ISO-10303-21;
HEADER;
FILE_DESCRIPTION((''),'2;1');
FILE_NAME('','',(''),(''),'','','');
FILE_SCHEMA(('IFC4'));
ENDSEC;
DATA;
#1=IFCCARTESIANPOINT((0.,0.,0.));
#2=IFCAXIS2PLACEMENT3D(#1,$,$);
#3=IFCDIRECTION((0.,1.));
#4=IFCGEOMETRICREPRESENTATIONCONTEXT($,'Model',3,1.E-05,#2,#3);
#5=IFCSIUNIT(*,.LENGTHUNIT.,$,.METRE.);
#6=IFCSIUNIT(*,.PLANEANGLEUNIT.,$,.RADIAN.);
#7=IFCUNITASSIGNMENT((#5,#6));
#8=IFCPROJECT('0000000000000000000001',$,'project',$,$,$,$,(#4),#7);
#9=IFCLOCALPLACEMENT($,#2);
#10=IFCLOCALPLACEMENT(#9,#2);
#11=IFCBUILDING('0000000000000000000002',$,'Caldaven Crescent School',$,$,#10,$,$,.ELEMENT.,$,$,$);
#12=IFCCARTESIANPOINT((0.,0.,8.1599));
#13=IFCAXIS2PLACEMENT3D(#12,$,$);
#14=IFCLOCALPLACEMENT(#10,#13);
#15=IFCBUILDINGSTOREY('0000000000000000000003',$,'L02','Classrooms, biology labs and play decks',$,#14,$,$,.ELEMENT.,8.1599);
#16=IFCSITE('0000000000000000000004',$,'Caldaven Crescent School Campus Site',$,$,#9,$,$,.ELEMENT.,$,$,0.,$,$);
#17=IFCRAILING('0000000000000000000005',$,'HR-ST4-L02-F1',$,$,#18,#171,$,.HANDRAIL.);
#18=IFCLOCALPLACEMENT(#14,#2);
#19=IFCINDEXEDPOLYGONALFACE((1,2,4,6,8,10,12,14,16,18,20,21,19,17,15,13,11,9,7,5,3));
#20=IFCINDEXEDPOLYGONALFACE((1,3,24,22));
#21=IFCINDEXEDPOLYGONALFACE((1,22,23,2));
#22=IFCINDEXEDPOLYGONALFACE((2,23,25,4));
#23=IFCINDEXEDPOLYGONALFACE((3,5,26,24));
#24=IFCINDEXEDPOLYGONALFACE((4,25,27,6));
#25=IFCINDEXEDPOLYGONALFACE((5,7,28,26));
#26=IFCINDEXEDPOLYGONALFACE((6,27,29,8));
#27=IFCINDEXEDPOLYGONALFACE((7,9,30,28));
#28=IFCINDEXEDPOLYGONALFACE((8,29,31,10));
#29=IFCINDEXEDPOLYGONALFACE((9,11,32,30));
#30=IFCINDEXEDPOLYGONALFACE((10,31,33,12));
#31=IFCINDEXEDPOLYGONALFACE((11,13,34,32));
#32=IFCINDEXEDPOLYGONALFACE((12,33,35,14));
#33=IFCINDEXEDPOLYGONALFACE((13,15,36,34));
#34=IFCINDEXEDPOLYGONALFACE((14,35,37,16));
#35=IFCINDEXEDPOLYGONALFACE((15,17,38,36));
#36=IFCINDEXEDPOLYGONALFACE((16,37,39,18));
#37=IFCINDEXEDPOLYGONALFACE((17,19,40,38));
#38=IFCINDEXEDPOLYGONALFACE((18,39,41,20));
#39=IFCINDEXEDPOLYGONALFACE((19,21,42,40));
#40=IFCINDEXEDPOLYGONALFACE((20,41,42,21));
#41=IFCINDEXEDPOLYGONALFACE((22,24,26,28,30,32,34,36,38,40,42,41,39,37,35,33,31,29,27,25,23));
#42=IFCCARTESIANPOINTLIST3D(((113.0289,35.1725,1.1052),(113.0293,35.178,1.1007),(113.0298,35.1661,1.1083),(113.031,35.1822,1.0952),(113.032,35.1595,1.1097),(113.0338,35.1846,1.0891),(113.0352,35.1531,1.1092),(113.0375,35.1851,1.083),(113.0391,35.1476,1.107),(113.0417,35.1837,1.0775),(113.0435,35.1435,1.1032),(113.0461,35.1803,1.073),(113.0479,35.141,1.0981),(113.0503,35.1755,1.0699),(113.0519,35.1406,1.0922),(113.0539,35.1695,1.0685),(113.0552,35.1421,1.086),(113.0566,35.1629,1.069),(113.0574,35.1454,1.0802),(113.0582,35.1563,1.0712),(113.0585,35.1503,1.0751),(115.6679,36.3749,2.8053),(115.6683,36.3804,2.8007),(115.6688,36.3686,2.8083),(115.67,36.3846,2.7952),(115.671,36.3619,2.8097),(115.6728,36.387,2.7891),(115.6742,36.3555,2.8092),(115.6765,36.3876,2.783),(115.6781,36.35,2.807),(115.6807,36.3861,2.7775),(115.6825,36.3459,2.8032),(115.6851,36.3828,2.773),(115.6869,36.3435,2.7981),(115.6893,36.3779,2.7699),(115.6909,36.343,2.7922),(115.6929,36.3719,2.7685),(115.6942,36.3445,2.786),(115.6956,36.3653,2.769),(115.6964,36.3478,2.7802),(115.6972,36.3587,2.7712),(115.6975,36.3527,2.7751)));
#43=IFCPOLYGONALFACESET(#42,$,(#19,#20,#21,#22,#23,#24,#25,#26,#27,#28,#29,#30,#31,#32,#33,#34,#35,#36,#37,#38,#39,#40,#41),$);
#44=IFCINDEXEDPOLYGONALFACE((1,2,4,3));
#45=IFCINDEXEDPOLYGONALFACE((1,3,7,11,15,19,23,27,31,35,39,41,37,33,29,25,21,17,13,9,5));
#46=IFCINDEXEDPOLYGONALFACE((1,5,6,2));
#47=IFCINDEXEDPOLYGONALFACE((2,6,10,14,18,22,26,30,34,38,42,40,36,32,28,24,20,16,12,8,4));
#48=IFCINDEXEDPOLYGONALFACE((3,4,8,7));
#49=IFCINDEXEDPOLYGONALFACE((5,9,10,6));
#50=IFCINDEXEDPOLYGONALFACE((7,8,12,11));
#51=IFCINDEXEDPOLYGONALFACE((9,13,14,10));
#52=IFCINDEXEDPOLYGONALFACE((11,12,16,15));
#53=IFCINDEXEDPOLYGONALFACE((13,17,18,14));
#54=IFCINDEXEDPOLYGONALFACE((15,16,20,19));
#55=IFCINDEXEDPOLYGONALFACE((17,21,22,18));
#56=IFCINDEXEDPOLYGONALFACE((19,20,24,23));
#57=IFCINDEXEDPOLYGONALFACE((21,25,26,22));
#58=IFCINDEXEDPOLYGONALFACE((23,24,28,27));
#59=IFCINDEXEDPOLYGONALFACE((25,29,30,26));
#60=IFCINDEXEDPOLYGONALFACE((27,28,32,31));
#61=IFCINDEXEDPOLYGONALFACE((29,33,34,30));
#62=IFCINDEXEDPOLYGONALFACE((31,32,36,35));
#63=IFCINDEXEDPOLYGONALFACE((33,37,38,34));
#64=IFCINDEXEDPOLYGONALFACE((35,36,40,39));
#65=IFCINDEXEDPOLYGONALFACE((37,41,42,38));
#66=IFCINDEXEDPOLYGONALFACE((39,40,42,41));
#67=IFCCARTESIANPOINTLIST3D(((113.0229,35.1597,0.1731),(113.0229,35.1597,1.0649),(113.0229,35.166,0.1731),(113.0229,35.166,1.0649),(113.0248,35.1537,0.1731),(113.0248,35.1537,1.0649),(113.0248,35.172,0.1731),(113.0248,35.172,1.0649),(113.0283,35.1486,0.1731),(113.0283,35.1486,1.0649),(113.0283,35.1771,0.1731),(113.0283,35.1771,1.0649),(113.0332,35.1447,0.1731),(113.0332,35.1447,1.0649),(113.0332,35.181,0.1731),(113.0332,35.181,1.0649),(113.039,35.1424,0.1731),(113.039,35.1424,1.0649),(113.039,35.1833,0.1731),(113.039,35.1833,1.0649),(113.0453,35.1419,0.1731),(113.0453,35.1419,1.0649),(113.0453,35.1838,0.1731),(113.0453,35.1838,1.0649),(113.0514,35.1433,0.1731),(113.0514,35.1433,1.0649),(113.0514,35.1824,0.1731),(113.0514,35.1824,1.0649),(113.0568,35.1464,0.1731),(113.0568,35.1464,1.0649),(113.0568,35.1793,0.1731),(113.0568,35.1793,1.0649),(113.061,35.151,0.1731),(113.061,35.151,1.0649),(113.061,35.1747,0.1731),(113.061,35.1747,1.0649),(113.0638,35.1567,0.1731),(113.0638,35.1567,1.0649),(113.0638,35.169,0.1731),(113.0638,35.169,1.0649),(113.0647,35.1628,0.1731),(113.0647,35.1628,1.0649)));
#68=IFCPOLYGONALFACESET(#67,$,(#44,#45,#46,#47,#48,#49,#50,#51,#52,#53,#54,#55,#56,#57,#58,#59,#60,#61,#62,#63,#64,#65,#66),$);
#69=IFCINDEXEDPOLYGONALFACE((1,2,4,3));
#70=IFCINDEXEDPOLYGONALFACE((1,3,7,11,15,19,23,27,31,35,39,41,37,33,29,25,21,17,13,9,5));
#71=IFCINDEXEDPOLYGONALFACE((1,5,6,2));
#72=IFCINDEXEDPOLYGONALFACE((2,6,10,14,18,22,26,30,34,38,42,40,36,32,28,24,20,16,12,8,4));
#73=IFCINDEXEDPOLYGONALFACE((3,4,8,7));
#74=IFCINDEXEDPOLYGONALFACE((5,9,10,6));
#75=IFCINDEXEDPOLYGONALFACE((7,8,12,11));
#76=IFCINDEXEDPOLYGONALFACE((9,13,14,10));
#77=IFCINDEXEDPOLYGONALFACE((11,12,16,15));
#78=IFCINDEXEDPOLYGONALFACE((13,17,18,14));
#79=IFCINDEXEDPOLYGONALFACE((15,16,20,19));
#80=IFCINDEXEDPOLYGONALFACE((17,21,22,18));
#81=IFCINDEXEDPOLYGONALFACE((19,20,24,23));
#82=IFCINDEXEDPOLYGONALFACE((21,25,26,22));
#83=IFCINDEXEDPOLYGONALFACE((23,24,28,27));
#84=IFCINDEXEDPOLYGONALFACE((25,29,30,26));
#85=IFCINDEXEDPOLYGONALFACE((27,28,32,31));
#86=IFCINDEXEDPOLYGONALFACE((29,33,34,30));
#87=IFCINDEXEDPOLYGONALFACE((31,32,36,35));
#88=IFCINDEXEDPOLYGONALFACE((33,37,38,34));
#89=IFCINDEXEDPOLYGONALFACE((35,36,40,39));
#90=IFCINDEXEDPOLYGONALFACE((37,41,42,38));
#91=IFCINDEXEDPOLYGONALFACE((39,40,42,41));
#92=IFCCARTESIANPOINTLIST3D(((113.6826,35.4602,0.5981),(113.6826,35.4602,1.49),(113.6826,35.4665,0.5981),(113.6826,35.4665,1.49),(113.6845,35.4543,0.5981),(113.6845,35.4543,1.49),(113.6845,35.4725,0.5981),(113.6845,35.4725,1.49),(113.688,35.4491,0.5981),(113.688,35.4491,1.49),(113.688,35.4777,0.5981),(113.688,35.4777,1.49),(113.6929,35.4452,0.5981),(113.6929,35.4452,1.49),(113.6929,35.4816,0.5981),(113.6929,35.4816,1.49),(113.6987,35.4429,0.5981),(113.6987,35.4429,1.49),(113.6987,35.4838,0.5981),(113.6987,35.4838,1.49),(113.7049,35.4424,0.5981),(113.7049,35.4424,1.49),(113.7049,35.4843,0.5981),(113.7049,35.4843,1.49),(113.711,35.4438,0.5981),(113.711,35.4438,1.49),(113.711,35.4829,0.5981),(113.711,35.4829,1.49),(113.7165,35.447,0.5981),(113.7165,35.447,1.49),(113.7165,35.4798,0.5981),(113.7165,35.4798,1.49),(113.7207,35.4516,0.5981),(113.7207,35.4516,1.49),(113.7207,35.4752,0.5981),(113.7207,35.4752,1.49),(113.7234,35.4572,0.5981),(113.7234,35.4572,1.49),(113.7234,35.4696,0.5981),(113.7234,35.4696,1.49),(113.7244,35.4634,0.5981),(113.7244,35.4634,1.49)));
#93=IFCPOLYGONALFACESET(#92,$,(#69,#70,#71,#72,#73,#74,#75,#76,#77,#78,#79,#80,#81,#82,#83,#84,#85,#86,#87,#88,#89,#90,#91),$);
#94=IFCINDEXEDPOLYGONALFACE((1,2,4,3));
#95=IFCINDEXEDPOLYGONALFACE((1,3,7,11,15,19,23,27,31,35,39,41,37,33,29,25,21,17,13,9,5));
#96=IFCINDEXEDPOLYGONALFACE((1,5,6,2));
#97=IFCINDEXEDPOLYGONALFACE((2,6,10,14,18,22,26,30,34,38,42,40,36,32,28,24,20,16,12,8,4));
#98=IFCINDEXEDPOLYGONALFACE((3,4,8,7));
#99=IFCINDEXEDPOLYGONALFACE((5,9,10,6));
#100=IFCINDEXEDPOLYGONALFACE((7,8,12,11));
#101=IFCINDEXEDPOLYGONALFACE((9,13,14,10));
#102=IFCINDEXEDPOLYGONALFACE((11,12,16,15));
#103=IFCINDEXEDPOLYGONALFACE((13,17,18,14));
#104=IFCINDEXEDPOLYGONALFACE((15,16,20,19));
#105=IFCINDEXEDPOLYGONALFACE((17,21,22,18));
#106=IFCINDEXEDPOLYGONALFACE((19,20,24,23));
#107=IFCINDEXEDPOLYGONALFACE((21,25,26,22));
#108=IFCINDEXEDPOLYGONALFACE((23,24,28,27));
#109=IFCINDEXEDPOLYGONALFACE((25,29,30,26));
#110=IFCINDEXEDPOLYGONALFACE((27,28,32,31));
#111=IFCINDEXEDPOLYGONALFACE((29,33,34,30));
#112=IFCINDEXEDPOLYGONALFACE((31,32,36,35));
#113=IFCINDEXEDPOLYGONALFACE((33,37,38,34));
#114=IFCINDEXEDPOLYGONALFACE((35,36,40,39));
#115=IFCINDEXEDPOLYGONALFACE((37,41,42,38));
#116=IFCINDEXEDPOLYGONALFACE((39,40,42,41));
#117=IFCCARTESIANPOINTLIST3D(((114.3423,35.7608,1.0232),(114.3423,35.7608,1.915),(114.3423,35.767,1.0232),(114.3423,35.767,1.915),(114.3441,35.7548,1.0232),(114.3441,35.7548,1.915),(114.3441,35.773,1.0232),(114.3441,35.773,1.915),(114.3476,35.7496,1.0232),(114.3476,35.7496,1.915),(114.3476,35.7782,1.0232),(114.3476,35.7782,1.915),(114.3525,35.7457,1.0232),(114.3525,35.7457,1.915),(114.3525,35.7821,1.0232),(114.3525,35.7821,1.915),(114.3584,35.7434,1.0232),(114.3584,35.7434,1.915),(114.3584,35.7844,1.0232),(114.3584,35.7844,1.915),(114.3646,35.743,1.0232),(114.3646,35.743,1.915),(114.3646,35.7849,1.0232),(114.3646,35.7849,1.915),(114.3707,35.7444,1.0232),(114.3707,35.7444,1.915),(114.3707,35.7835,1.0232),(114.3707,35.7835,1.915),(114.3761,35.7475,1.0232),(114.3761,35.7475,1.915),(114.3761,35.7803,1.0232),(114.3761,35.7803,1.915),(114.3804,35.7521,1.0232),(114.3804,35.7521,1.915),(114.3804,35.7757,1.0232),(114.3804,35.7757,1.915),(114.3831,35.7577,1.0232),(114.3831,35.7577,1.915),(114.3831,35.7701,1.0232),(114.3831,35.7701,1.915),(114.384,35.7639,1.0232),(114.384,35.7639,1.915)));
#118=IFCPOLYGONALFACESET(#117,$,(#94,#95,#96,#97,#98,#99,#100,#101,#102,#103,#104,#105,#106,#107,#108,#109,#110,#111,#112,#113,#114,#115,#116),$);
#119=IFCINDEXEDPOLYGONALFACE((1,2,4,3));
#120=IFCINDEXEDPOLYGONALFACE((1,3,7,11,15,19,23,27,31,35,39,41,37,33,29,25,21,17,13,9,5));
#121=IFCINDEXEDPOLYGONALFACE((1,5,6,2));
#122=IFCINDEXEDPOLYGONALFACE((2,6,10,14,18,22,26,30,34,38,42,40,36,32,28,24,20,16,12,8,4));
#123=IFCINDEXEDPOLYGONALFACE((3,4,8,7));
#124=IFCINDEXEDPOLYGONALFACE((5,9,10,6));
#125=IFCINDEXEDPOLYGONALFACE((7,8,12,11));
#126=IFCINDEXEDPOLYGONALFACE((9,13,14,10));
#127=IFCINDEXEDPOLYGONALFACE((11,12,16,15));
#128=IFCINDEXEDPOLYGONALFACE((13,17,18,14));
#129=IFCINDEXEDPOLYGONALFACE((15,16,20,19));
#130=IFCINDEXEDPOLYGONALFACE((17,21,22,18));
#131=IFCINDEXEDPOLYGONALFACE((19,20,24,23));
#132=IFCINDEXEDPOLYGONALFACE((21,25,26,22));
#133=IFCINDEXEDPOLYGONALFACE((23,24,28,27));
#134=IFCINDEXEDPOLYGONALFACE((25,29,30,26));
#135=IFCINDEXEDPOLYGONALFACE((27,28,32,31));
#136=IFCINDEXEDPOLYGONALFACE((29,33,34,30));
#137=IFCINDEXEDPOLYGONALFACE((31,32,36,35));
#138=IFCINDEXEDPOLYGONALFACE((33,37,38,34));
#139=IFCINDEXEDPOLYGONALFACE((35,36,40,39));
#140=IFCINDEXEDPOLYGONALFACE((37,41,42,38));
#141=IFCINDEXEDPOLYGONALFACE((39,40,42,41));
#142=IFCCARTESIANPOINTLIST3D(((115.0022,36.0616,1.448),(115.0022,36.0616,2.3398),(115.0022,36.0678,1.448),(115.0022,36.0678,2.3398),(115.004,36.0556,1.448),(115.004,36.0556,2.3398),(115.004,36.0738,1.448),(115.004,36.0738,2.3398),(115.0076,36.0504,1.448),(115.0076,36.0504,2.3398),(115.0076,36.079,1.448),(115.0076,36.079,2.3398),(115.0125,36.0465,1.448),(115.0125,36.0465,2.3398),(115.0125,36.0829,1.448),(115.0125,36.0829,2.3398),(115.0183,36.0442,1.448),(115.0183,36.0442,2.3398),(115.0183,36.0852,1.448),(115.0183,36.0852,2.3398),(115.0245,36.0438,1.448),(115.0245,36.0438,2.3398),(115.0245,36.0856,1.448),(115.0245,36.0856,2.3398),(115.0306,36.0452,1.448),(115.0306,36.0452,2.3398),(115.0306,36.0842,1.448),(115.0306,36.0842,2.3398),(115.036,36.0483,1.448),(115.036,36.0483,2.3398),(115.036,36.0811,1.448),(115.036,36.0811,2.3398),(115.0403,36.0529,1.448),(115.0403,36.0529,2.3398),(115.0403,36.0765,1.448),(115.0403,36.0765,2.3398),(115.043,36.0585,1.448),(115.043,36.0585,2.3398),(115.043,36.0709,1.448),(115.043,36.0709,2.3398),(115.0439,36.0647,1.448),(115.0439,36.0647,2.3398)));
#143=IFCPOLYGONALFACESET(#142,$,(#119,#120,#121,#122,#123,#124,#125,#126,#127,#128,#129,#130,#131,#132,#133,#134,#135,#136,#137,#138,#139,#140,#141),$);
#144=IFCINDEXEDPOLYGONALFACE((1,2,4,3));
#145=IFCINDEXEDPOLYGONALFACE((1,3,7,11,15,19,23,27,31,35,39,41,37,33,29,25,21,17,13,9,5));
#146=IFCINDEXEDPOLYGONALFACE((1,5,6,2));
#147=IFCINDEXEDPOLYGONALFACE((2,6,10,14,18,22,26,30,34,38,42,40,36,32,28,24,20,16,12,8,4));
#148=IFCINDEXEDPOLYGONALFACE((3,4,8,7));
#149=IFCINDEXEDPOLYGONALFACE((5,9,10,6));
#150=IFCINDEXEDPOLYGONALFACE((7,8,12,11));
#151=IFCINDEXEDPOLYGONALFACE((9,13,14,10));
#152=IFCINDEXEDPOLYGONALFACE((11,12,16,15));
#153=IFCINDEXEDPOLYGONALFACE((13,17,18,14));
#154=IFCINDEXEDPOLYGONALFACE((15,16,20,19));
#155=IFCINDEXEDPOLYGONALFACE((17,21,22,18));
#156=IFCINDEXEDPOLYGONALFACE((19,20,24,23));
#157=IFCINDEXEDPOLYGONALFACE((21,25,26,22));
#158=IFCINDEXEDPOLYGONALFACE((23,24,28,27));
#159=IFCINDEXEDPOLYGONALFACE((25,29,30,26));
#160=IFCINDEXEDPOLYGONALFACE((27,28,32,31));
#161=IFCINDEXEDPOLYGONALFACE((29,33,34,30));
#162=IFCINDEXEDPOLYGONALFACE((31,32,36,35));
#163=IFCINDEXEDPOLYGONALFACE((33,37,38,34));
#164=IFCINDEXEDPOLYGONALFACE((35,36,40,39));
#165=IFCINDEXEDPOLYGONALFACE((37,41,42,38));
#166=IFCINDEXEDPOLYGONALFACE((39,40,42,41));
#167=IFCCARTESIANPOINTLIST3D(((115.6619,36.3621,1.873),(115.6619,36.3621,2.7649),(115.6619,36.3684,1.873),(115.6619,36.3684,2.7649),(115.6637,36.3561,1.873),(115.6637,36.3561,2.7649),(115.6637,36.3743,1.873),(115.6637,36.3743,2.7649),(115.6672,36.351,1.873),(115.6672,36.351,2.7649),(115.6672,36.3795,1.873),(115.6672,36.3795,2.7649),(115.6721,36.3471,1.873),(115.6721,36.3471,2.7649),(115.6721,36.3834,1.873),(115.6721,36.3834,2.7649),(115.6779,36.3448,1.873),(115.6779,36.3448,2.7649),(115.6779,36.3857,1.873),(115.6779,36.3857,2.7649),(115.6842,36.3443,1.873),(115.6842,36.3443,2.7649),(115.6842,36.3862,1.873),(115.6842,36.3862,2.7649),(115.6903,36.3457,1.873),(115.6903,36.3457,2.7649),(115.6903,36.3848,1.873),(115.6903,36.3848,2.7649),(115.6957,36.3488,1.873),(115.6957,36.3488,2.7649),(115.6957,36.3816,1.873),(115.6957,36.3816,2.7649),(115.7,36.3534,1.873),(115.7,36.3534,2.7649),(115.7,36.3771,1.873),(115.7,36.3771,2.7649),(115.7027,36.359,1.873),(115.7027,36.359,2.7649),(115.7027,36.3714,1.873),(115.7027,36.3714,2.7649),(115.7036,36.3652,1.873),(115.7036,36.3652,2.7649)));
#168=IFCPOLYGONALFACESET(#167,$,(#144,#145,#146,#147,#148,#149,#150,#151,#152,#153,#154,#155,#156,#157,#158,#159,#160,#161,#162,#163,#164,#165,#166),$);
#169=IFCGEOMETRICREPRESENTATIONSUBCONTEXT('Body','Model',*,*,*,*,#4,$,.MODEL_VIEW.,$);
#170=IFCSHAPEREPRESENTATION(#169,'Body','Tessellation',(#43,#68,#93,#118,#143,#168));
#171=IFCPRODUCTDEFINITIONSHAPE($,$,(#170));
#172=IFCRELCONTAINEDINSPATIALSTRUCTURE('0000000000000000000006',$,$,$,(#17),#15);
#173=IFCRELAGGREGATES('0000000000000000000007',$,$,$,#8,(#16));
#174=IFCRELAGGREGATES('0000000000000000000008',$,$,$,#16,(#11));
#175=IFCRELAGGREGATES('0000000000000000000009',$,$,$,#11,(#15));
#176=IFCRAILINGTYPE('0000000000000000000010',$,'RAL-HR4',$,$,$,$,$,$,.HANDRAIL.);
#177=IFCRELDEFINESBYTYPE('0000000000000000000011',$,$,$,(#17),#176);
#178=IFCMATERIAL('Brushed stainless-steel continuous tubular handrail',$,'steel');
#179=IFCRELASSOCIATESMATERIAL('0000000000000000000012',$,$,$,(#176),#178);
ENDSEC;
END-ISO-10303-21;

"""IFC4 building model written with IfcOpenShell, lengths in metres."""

from ifc_helpers import new_model, si_unit, direction, frame, origin, origin_2d, place, context, subcontext, project, spatial, circle, extrude, material, type_object, element, save


model = new_model("IFC4")

# Units and contexts
model_context = context("Model", 3, precision=1e-05, world=origin(), true_north=direction((0.0, 1.0)))
body_context = subcontext(model_context, "Body", "Model", "MODEL_VIEW")
ifc_project = project(units=[si_unit("LENGTHUNIT", "METRE"), si_unit("PLANEANGLEUNIT", "RADIAN")], contexts=[model_context])

# Site, building, storey
site_placement = place(None, origin())
site = spatial("IfcSite", under=ifc_project, at=site_placement, Name="Caldaven Crescent School Campus Site", CompositionType="ELEMENT", RefElevation=0.0)
building_placement = place(site_placement, origin())
building = spatial("IfcBuilding", under=site, at=building_placement, Name="Caldaven Crescent School", CompositionType="ELEMENT")
storey_placement = place(building_placement, frame((0.0, 0.0, 8.1599)))
storey = spatial("IfcBuildingStorey", under=building, at=storey_placement, Name="L02", Description="Classrooms, biology labs and play decks", CompositionType="ELEMENT", Elevation=8.1599)

# Railing
ifc_material_1 = material(Name="Brushed stainless-steel continuous tubular handrail", Category="steel")
railing_type_1 = type_object("IfcRailingType", Name="RAL-HR4", PredefinedType="HANDRAIL", material=ifc_material_1)
railing_1_placement = place(storey_placement, frame((113.0437, 35.1628, 0.1731)))
element("IfcRailing", 1, at=railing_1_placement, inside=storey, type_object=railing_type_1, Name="HR-ST4-L02-F1", PredefinedType="HANDRAIL", context=body_context, shape_type="SweptSolid", body=[
    extrude(circle(Radius=0.0239, at=origin_2d()), frame((0.0, 0.0, 0.916), z_axis=(0.785049, 0.357699, 0.505717), x_axis=(-0.414627, 0.909991, 0.0)), (0.0, 0.0, 1.0), 3.3616),
    extrude(circle(Radius=0.021, at=origin_2d()), origin(), (0.0, 0.0, 1.0), 0.8918),
    extrude(circle(Radius=0.021, at=origin_2d()), frame((0.6597, 0.3005, 0.425)), (0.0, 0.0, 1.0), 0.8918),
    extrude(circle(Radius=0.021, at=origin_2d()), frame((1.3193, 0.6011, 0.8501)), (0.0, 0.0, 1.0), 0.8918),
    extrude(circle(Radius=0.021, at=origin_2d()), frame((1.9792, 0.9019, 1.2749)), (0.0, 0.0, 1.0), 0.8918),
    extrude(circle(Radius=0.021, at=origin_2d()), frame((2.6389, 1.2024, 1.7)), (0.0, 0.0, 1.0), 0.8918),
])

save(model, "model.ifc")
